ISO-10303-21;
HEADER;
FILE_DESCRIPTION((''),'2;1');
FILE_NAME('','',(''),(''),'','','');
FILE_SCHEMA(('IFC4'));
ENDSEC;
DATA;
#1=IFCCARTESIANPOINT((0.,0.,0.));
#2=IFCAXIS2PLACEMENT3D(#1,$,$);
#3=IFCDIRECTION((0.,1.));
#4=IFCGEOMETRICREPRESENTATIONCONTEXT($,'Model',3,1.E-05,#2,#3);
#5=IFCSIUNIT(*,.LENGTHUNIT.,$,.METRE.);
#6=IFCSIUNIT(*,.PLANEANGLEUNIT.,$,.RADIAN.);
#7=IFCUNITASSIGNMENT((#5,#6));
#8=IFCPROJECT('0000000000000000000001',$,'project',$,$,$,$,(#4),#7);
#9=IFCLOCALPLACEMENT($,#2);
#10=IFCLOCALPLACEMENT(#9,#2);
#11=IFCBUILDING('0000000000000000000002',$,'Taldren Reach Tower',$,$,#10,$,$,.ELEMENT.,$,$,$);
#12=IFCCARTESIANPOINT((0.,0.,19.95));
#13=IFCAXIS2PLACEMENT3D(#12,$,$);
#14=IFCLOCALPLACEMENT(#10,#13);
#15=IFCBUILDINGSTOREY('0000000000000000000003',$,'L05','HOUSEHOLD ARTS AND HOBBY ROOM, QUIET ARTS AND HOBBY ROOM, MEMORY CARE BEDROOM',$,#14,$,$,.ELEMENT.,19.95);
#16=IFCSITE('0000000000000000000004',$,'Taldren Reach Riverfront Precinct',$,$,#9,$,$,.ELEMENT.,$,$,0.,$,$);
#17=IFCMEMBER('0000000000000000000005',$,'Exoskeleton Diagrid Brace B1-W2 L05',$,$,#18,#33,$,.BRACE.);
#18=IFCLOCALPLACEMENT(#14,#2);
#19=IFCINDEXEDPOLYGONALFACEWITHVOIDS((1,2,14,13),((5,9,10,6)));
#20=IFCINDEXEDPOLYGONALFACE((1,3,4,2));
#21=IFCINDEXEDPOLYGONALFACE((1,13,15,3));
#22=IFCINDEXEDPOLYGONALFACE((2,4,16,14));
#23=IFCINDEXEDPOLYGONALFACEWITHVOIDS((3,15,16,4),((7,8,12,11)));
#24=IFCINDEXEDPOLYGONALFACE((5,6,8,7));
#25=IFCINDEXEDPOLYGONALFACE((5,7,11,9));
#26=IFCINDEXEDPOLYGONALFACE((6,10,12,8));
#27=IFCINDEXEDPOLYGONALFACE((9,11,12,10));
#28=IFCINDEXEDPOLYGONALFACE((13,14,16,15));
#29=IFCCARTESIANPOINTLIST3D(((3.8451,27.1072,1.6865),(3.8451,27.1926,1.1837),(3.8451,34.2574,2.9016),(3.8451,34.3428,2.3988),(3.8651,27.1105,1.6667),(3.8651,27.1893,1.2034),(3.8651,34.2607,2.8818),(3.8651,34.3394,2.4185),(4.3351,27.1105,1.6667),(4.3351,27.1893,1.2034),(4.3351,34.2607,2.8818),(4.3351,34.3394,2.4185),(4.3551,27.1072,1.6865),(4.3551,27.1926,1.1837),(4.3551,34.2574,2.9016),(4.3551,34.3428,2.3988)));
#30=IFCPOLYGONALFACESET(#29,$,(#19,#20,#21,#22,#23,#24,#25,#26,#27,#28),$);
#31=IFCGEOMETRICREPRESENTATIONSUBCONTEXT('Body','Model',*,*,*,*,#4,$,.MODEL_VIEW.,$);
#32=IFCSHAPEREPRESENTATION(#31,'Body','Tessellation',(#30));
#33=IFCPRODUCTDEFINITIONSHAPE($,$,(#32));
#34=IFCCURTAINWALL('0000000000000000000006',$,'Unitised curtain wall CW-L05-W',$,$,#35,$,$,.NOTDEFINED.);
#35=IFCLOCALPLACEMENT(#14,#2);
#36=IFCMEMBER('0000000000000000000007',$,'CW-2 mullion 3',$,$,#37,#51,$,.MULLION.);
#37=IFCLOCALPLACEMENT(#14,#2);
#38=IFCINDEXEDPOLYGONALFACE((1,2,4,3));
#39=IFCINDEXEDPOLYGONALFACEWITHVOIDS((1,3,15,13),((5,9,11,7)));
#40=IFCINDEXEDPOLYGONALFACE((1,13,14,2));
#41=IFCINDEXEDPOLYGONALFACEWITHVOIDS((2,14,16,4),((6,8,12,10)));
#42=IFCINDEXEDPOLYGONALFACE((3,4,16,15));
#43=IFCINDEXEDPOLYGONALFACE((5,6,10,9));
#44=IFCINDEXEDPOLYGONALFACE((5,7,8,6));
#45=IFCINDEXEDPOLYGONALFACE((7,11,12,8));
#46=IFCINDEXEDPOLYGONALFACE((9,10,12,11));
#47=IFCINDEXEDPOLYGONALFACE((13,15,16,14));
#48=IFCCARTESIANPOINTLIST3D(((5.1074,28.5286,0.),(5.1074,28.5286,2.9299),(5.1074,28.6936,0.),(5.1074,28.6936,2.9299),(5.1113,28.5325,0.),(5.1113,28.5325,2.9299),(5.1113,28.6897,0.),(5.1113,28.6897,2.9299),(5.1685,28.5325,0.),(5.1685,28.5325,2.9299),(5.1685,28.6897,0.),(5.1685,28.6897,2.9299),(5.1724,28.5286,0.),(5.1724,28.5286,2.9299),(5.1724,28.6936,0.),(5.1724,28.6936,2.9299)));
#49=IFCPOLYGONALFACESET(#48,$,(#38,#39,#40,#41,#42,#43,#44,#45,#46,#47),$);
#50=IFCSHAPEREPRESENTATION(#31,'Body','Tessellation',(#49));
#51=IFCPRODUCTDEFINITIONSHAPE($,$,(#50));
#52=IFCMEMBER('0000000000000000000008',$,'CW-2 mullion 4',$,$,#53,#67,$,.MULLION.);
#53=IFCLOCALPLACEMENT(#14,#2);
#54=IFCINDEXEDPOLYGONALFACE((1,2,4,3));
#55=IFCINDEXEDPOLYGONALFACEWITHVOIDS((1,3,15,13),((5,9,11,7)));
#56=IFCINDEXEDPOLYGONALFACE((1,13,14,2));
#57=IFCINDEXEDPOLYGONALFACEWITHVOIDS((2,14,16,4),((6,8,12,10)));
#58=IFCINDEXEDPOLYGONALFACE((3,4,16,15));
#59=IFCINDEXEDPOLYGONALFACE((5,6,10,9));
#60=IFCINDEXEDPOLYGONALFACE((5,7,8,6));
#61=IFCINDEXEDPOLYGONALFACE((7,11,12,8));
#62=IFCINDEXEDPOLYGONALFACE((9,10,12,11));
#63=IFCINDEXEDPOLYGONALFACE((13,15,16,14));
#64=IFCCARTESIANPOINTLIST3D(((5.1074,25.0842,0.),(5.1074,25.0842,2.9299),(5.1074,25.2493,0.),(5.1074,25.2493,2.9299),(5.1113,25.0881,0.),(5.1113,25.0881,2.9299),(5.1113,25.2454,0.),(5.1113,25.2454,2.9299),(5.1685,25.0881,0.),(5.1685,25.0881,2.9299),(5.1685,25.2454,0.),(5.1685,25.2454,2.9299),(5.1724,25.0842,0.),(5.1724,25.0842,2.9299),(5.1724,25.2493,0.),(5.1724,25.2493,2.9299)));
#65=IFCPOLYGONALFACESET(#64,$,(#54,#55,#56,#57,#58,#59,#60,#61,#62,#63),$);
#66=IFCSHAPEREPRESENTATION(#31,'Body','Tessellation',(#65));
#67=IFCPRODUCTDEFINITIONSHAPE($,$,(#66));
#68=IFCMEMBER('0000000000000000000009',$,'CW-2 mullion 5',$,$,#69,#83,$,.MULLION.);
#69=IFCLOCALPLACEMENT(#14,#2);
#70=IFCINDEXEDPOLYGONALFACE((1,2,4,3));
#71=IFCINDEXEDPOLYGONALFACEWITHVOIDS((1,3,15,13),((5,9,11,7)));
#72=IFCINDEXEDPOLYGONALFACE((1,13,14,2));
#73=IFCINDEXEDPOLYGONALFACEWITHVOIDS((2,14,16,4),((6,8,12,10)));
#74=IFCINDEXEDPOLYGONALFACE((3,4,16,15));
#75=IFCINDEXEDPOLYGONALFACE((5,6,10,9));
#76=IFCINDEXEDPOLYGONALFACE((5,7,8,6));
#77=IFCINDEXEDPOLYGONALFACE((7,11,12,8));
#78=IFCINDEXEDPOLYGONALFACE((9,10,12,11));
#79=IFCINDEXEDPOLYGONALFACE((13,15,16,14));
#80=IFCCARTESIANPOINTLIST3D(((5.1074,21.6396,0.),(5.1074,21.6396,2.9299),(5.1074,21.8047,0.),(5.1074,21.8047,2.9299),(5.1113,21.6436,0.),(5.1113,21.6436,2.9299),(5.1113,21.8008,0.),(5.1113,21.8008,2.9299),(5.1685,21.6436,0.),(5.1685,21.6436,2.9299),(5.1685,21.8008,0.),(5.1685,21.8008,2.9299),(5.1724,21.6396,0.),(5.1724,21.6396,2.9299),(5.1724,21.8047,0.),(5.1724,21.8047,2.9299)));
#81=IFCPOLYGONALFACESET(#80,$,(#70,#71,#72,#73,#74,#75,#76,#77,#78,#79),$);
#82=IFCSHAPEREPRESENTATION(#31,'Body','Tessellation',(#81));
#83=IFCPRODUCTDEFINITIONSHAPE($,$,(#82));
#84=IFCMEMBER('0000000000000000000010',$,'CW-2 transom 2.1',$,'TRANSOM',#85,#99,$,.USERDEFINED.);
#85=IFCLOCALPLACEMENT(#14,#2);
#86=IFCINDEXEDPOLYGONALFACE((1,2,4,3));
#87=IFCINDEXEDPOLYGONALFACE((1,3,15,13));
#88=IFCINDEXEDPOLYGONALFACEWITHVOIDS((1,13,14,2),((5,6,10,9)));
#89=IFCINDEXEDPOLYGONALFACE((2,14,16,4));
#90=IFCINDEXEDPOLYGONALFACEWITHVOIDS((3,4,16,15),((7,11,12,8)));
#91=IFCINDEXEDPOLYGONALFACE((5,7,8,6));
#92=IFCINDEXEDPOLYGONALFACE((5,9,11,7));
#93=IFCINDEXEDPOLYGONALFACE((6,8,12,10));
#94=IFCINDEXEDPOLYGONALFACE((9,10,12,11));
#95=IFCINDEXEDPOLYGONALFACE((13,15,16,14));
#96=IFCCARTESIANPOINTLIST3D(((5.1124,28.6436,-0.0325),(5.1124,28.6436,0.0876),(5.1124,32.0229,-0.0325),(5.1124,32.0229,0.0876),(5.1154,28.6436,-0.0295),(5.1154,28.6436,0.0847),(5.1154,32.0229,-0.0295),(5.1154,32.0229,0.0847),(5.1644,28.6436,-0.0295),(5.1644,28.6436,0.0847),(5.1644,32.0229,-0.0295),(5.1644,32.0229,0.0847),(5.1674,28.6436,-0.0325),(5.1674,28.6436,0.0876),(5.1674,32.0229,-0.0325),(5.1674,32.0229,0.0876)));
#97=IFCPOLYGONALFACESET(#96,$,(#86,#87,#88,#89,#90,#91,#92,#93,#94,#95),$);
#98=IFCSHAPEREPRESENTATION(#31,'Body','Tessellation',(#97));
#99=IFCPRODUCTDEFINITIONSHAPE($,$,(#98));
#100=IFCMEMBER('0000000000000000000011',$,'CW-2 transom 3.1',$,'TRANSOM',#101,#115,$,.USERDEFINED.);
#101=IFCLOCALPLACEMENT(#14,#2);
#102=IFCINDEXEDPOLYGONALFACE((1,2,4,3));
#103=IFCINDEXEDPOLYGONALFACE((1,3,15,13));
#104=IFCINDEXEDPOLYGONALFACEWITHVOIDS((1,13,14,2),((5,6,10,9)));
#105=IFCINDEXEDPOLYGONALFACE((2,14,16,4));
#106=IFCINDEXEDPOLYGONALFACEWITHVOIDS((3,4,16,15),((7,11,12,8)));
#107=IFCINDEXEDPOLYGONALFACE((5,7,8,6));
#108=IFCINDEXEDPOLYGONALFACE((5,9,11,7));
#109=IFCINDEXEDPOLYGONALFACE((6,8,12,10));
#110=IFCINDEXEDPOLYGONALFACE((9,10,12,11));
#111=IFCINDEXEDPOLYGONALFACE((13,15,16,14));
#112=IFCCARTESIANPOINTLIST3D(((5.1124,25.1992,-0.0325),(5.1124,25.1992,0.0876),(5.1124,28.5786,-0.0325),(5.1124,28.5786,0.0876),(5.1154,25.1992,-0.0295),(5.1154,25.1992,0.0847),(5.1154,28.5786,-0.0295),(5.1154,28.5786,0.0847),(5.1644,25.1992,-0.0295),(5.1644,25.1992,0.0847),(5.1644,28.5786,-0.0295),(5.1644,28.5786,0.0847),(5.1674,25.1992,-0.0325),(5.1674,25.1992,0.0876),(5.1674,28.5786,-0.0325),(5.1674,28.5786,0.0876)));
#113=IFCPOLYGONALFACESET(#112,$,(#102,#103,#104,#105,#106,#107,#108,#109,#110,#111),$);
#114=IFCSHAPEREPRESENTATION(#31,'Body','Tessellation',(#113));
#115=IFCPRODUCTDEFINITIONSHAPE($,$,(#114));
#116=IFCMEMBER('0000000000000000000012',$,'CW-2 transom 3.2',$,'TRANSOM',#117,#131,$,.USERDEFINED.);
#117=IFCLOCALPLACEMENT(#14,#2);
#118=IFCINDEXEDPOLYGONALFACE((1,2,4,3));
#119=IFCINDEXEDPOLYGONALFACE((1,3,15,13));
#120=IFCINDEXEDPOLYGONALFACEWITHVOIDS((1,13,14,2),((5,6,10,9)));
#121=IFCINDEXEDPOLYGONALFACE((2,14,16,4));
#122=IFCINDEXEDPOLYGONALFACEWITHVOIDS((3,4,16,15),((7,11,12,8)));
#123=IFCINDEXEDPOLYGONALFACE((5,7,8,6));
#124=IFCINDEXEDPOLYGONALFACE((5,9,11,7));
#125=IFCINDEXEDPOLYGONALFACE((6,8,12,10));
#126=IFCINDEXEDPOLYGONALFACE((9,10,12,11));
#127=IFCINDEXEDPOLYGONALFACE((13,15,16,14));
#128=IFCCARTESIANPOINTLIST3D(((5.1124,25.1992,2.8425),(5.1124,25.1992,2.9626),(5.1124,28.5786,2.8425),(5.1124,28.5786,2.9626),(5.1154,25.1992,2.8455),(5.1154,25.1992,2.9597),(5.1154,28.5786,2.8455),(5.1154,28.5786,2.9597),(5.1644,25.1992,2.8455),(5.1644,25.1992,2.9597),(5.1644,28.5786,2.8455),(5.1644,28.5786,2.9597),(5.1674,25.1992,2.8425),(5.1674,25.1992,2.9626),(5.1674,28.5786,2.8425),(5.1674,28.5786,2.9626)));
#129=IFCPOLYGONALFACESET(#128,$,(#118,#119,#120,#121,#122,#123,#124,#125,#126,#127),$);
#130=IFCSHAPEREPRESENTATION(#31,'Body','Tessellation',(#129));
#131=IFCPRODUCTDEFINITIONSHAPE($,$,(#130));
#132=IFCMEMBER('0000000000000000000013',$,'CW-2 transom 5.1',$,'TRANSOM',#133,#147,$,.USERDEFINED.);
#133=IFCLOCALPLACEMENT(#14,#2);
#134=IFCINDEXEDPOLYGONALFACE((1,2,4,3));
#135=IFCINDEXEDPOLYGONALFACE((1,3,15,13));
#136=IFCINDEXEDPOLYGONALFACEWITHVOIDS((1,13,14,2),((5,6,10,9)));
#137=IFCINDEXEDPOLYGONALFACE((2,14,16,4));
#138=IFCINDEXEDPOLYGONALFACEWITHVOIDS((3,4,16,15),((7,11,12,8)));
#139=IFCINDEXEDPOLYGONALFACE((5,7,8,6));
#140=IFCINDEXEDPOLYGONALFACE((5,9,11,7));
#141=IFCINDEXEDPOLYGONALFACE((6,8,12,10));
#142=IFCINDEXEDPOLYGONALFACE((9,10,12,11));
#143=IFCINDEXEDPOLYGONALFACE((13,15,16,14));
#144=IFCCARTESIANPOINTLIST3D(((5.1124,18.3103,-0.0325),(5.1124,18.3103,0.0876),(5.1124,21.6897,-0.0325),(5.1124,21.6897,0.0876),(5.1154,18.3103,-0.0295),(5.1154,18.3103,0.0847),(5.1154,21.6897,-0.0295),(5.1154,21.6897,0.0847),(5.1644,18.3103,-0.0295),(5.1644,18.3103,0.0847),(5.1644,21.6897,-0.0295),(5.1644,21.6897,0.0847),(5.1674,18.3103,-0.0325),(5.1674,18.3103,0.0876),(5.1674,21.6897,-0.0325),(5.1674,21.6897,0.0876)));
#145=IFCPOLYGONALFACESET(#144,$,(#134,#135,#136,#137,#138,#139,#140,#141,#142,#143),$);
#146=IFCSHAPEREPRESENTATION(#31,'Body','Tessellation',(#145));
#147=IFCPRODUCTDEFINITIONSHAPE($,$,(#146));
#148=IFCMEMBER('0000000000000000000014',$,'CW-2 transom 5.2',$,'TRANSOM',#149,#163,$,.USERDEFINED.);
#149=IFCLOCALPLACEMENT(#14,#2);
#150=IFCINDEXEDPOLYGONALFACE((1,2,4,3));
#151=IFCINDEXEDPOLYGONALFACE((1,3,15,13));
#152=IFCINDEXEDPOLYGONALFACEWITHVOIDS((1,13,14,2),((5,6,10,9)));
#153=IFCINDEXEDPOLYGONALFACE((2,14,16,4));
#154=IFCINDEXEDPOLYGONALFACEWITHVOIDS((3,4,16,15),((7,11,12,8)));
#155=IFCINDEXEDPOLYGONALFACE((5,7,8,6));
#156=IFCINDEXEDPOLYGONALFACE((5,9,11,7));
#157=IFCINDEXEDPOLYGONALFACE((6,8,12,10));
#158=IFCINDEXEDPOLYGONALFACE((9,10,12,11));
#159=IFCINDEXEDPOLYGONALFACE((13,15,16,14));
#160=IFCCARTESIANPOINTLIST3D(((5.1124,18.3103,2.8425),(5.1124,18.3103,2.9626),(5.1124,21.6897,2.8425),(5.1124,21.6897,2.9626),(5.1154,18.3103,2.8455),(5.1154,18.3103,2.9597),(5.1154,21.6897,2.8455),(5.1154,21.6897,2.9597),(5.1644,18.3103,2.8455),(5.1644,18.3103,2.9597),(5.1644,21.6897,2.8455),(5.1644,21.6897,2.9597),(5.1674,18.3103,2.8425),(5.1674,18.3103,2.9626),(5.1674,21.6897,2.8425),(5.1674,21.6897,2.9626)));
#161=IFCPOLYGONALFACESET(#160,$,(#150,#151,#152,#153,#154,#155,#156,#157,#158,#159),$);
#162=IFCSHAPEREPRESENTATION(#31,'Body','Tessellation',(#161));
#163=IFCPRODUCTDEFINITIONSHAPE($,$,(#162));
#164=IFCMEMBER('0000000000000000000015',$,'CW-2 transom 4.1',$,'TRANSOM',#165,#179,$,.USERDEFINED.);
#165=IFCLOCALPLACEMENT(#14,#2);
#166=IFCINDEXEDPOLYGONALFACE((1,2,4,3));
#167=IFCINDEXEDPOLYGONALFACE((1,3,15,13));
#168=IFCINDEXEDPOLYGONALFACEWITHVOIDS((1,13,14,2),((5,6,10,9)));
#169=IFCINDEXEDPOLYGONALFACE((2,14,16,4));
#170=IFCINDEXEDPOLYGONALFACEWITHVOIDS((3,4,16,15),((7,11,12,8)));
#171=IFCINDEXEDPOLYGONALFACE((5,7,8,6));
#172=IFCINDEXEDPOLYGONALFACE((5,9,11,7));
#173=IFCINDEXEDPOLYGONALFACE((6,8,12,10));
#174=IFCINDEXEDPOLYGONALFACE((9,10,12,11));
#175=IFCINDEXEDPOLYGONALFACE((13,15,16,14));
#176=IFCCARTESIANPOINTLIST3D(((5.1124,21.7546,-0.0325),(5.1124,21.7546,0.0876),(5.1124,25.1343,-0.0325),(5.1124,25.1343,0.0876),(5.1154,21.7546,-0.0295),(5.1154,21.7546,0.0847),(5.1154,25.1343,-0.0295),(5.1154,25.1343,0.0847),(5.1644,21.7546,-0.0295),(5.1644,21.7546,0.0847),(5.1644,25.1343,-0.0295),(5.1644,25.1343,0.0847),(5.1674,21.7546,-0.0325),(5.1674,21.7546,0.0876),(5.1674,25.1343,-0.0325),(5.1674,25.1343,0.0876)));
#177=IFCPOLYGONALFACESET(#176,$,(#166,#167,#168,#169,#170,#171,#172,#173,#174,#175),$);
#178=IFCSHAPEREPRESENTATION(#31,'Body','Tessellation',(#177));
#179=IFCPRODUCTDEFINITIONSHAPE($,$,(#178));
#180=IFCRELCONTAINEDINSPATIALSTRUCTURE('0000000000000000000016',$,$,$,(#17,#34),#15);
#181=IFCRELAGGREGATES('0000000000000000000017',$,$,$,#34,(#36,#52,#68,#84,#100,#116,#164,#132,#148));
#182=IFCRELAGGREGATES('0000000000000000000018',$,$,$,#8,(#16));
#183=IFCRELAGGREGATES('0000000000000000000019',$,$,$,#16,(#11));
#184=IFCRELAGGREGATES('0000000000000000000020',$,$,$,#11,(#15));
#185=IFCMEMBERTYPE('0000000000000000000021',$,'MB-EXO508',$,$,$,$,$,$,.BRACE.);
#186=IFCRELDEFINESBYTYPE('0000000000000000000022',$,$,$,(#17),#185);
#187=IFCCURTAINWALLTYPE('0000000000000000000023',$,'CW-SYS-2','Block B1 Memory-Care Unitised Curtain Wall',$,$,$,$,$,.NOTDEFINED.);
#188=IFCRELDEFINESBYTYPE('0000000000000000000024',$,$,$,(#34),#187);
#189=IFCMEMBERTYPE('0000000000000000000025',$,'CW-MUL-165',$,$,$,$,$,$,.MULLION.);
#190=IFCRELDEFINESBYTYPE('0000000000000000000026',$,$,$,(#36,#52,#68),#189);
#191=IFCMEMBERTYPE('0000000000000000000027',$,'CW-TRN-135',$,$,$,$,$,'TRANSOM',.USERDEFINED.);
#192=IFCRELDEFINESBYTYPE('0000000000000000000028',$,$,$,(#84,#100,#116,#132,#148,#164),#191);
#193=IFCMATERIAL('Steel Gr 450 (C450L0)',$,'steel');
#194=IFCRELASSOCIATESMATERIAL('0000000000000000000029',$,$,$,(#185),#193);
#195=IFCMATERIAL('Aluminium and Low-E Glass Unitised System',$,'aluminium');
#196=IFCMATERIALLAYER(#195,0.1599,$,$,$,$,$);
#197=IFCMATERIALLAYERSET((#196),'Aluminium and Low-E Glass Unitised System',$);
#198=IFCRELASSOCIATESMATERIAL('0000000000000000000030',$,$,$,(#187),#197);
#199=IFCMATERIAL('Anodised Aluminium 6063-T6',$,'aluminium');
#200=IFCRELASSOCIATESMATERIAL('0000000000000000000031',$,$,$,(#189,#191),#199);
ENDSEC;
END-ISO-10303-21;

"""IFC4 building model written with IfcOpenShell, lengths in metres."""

from ifc_helpers import new_model, si_unit, direction, frame, origin, origin_2d, place, context, subcontext, project, spatial, hollow_rectangle, extrude, source, transform, mapped, material, layer, layer_set, material_profile, profile_set, type_object, element, aggregate, save


model = new_model("IFC4")

# Units and contexts
model_context = context("Model", 3, precision=1e-05, world=origin(), true_north=direction((0.0, 1.0)))
body_context = subcontext(model_context, "Body", "Model", "MODEL_VIEW")
ifc_project = project(units=[si_unit("LENGTHUNIT", "METRE"), si_unit("PLANEANGLEUNIT", "RADIAN")], contexts=[model_context])

# Site, building, storey
site_placement = place(None, origin())
site = spatial("IfcSite", under=ifc_project, at=site_placement, Name="Taldren Reach Riverfront Precinct", CompositionType="ELEMENT", RefElevation=0.0)
building_placement = place(site_placement, origin())
building = spatial("IfcBuilding", under=site, at=building_placement, Name="Taldren Reach Tower", CompositionType="ELEMENT")
storey_placement = place(building_placement, frame((0.0, 0.0, 19.95)))
storey = spatial("IfcBuildingStorey", under=building, at=storey_placement, Name="L05", Description="HOUSEHOLD ARTS AND HOBBY ROOM, QUIET ARTS AND HOBBY ROOM, MEMORY CARE BEDROOM", CompositionType="ELEMENT", Elevation=19.95)

# Member
ifc_material_1 = material(Name="Steel Gr 450 (C450L0)", Category="steel")
ifc_material_profile_1 = material_profile(ifc_material_1, hollow_rectangle(XDim=0.51, YDim=0.51, WallThickness=0.02, at=origin_2d()), Name="510x510x20.0SHS")
ifc_profile_set_1 = profile_set([ifc_material_profile_1], Name="Steel Gr 450 (C450L0)")
member_type_1 = type_object("IfcMemberType", Name="MB-EXO508", PredefinedType="BRACE", material=ifc_profile_set_1)
shared_shape_1 = source(origin(), body_context, "Body", "SweptSolid", [
    extrude(hollow_rectangle(XDim=0.51, YDim=0.51, WallThickness=0.02, at=origin_2d()), origin(), (0.0, 0.0, 1.0), 7.2527),
])
member_1_placement = place(storey_placement, frame((4.1001, 27.1499, 1.4351), z_axis=(0.0, 0.985866, 0.167537), x_axis=(-1.0, 0.0, 0.0)))
element("IfcMember", 1, at=member_1_placement, inside=storey, type_object=member_type_1, Name="Exoskeleton Diagrid Brace B1-W2 L05", PredefinedType="BRACE", context=body_context, shape_type="MappedRepresentation", body=[
    mapped(shared_shape_1, transform((0.0, 0.0, 0.0), scale=1.0)),
])

# Curtain wall, members
ifc_material_2 = material(Name="Aluminium and Low-E Glass Unitised System", Category="aluminium")
ifc_layer_1 = layer(ifc_material_2, 0.1599)
ifc_layer_set_1 = layer_set([ifc_layer_1], Name="Aluminium and Low-E Glass Unitised System")
curtain_wall_type = type_object("IfcCurtainWallType", Name="CW-SYS-2", Description="Block B1 Memory-Care Unitised Curtain Wall", PredefinedType="NOTDEFINED", material=ifc_layer_set_1)
curtain_wall_placement = place(storey_placement, origin())
curtain_wall = element("IfcCurtainWall", 2, at=curtain_wall_placement, inside=storey, type_object=curtain_wall_type, Name="Unitised curtain wall CW-L05-W", PredefinedType="NOTDEFINED")
ifc_material_3 = material(Name="Anodised Aluminium 6063-T6", Category="aluminium")
ifc_material_profile_2 = material_profile(ifc_material_3, hollow_rectangle(XDim=0.0649, YDim=0.165, WallThickness=0.0039, at=origin_2d()), Name="ALU-165x65x4RHS")
ifc_profile_set_2 = profile_set([ifc_material_profile_2], Name="Anodised Aluminium 6063-T6")
member_type_2 = type_object("IfcMemberType", Name="CW-MUL-165", PredefinedType="MULLION", material=ifc_profile_set_2)
shared_shape_2 = source(origin(), body_context, "Body", "SweptSolid", [
    extrude(hollow_rectangle(XDim=0.0649, YDim=0.165, WallThickness=0.0039, at=origin_2d()), origin(), (0.0, 0.0, 1.0), 2.9299),
])
member_2_placement = place(storey_placement, frame((5.1399, 28.6111, 0.0), z_axis=(0.0, 0.0, 1.0), x_axis=(1.0, 0.0, 0.0)))
member_2 = element("IfcMember", 3, at=member_2_placement, type_object=member_type_2, Name="CW-2 mullion 3", PredefinedType="MULLION", context=body_context, shape_type="MappedRepresentation", body=[
    mapped(shared_shape_2, transform((0.0, 0.0, 0.0), scale=1.0)),
])
member_3_placement = place(storey_placement, frame((5.1399, 25.1667, 0.0), z_axis=(0.0, 0.0, 1.0), x_axis=(1.0, 0.0, 0.0)))
member_3 = element("IfcMember", 4, at=member_3_placement, type_object=member_type_2, Name="CW-2 mullion 4", PredefinedType="MULLION", context=body_context, shape_type="MappedRepresentation", body=[
    mapped(shared_shape_2, transform((0.0, 0.0, 0.0), scale=1.0)),
])
member_4_placement = place(storey_placement, frame((5.1399, 21.7222, 0.0), z_axis=(0.0, 0.0, 1.0), x_axis=(1.0, 0.0, 0.0)))
member_4 = element("IfcMember", 5, at=member_4_placement, type_object=member_type_2, Name="CW-2 mullion 5", PredefinedType="MULLION", context=body_context, shape_type="MappedRepresentation", body=[
    mapped(shared_shape_2, transform((0.0, 0.0, 0.0), scale=1.0)),
])
ifc_material_profile_3 = material_profile(ifc_material_3, hollow_rectangle(XDim=0.0549, YDim=0.1201, WallThickness=0.0029, at=origin_2d()), Name="ALU-120x55x3RHS")
ifc_profile_set_3 = profile_set([ifc_material_profile_3], Name="Anodised Aluminium 6063-T6")
member_type_3 = type_object("IfcMemberType", Name="CW-TRN-135", ElementType="TRANSOM", PredefinedType="USERDEFINED", material=ifc_profile_set_3)
shared_shape_3 = source(origin(), body_context, "Body", "SweptSolid", [
    extrude(hollow_rectangle(XDim=0.0549, YDim=0.1201, WallThickness=0.0029, at=origin_2d()), origin(), (0.0, 0.0, 1.0), 3.3794),
])
member_5_placement = place(storey_placement, frame((5.1399, 32.0229, 0.0276), z_axis=(0.0, -1.0, 0.0), x_axis=(1.0, 0.0, 0.0)))
member_5 = element("IfcMember", 6, at=member_5_placement, type_object=member_type_3, Name="CW-2 transom 2.1", ObjectType="TRANSOM", PredefinedType="USERDEFINED", context=body_context, shape_type="MappedRepresentation", body=[
    mapped(shared_shape_3, transform((0.0, 0.0, 0.0), scale=1.0)),
])
member_6_placement = place(storey_placement, frame((5.1399, 28.5786, 0.0276), z_axis=(0.0, -1.0, 0.0), x_axis=(1.0, 0.0, 0.0)))
member_6 = element("IfcMember", 7, at=member_6_placement, type_object=member_type_3, Name="CW-2 transom 3.1", ObjectType="TRANSOM", PredefinedType="USERDEFINED", context=body_context, shape_type="MappedRepresentation", body=[
    mapped(shared_shape_3, transform((0.0, 0.0, 0.0), scale=1.0)),
])
member_7_placement = place(storey_placement, frame((5.1399, 28.5786, 2.9026), z_axis=(0.0, -1.0, 0.0), x_axis=(1.0, 0.0, 0.0)))
member_7 = element("IfcMember", 8, at=member_7_placement, type_object=member_type_3, Name="CW-2 transom 3.2", ObjectType="TRANSOM", PredefinedType="USERDEFINED", context=body_context, shape_type="MappedRepresentation", body=[
    mapped(shared_shape_3, transform((0.0, 0.0, 0.0), scale=1.0)),
])
member_8_placement = place(storey_placement, frame((5.1399, 21.6897, 0.0276), z_axis=(0.0, -1.0, 0.0), x_axis=(1.0, 0.0, 0.0)))
member_8 = element("IfcMember", 9, at=member_8_placement, type_object=member_type_3, Name="CW-2 transom 5.1", ObjectType="TRANSOM", PredefinedType="USERDEFINED", context=body_context, shape_type="MappedRepresentation", body=[
    mapped(shared_shape_3, transform((0.0, 0.0, 0.0), scale=1.0)),
])
member_9_placement = place(storey_placement, frame((5.1399, 21.6897, 2.9026), z_axis=(0.0, -1.0, 0.0), x_axis=(1.0, 0.0, 0.0)))
member_9 = element("IfcMember", 10, at=member_9_placement, type_object=member_type_3, Name="CW-2 transom 5.2", ObjectType="TRANSOM", PredefinedType="USERDEFINED", context=body_context, shape_type="MappedRepresentation", body=[
    mapped(shared_shape_3, transform((0.0, 0.0, 0.0), scale=1.0)),
])
shared_shape_4 = source(origin(), body_context, "Body", "SweptSolid", [
    extrude(hollow_rectangle(XDim=0.0549, YDim=0.1201, WallThickness=0.0029, at=origin_2d()), origin(), (0.0, 0.0, 1.0), 3.3796),
])
member_10_placement = place(storey_placement, frame((5.1399, 25.1343, 0.0276), z_axis=(0.0, -1.0, 0.0), x_axis=(1.0, 0.0, 0.0)))
member_10 = element("IfcMember", 11, at=member_10_placement, type_object=member_type_3, Name="CW-2 transom 4.1", ObjectType="TRANSOM", PredefinedType="USERDEFINED", context=body_context, shape_type="MappedRepresentation", body=[
    mapped(shared_shape_4, transform((0.0, 0.0, 0.0), scale=1.0)),
])
aggregate(curtain_wall, [member_2, member_3, member_4, member_5, member_6, member_7, member_10, member_8, member_9])

save(model, "model.ifc")
